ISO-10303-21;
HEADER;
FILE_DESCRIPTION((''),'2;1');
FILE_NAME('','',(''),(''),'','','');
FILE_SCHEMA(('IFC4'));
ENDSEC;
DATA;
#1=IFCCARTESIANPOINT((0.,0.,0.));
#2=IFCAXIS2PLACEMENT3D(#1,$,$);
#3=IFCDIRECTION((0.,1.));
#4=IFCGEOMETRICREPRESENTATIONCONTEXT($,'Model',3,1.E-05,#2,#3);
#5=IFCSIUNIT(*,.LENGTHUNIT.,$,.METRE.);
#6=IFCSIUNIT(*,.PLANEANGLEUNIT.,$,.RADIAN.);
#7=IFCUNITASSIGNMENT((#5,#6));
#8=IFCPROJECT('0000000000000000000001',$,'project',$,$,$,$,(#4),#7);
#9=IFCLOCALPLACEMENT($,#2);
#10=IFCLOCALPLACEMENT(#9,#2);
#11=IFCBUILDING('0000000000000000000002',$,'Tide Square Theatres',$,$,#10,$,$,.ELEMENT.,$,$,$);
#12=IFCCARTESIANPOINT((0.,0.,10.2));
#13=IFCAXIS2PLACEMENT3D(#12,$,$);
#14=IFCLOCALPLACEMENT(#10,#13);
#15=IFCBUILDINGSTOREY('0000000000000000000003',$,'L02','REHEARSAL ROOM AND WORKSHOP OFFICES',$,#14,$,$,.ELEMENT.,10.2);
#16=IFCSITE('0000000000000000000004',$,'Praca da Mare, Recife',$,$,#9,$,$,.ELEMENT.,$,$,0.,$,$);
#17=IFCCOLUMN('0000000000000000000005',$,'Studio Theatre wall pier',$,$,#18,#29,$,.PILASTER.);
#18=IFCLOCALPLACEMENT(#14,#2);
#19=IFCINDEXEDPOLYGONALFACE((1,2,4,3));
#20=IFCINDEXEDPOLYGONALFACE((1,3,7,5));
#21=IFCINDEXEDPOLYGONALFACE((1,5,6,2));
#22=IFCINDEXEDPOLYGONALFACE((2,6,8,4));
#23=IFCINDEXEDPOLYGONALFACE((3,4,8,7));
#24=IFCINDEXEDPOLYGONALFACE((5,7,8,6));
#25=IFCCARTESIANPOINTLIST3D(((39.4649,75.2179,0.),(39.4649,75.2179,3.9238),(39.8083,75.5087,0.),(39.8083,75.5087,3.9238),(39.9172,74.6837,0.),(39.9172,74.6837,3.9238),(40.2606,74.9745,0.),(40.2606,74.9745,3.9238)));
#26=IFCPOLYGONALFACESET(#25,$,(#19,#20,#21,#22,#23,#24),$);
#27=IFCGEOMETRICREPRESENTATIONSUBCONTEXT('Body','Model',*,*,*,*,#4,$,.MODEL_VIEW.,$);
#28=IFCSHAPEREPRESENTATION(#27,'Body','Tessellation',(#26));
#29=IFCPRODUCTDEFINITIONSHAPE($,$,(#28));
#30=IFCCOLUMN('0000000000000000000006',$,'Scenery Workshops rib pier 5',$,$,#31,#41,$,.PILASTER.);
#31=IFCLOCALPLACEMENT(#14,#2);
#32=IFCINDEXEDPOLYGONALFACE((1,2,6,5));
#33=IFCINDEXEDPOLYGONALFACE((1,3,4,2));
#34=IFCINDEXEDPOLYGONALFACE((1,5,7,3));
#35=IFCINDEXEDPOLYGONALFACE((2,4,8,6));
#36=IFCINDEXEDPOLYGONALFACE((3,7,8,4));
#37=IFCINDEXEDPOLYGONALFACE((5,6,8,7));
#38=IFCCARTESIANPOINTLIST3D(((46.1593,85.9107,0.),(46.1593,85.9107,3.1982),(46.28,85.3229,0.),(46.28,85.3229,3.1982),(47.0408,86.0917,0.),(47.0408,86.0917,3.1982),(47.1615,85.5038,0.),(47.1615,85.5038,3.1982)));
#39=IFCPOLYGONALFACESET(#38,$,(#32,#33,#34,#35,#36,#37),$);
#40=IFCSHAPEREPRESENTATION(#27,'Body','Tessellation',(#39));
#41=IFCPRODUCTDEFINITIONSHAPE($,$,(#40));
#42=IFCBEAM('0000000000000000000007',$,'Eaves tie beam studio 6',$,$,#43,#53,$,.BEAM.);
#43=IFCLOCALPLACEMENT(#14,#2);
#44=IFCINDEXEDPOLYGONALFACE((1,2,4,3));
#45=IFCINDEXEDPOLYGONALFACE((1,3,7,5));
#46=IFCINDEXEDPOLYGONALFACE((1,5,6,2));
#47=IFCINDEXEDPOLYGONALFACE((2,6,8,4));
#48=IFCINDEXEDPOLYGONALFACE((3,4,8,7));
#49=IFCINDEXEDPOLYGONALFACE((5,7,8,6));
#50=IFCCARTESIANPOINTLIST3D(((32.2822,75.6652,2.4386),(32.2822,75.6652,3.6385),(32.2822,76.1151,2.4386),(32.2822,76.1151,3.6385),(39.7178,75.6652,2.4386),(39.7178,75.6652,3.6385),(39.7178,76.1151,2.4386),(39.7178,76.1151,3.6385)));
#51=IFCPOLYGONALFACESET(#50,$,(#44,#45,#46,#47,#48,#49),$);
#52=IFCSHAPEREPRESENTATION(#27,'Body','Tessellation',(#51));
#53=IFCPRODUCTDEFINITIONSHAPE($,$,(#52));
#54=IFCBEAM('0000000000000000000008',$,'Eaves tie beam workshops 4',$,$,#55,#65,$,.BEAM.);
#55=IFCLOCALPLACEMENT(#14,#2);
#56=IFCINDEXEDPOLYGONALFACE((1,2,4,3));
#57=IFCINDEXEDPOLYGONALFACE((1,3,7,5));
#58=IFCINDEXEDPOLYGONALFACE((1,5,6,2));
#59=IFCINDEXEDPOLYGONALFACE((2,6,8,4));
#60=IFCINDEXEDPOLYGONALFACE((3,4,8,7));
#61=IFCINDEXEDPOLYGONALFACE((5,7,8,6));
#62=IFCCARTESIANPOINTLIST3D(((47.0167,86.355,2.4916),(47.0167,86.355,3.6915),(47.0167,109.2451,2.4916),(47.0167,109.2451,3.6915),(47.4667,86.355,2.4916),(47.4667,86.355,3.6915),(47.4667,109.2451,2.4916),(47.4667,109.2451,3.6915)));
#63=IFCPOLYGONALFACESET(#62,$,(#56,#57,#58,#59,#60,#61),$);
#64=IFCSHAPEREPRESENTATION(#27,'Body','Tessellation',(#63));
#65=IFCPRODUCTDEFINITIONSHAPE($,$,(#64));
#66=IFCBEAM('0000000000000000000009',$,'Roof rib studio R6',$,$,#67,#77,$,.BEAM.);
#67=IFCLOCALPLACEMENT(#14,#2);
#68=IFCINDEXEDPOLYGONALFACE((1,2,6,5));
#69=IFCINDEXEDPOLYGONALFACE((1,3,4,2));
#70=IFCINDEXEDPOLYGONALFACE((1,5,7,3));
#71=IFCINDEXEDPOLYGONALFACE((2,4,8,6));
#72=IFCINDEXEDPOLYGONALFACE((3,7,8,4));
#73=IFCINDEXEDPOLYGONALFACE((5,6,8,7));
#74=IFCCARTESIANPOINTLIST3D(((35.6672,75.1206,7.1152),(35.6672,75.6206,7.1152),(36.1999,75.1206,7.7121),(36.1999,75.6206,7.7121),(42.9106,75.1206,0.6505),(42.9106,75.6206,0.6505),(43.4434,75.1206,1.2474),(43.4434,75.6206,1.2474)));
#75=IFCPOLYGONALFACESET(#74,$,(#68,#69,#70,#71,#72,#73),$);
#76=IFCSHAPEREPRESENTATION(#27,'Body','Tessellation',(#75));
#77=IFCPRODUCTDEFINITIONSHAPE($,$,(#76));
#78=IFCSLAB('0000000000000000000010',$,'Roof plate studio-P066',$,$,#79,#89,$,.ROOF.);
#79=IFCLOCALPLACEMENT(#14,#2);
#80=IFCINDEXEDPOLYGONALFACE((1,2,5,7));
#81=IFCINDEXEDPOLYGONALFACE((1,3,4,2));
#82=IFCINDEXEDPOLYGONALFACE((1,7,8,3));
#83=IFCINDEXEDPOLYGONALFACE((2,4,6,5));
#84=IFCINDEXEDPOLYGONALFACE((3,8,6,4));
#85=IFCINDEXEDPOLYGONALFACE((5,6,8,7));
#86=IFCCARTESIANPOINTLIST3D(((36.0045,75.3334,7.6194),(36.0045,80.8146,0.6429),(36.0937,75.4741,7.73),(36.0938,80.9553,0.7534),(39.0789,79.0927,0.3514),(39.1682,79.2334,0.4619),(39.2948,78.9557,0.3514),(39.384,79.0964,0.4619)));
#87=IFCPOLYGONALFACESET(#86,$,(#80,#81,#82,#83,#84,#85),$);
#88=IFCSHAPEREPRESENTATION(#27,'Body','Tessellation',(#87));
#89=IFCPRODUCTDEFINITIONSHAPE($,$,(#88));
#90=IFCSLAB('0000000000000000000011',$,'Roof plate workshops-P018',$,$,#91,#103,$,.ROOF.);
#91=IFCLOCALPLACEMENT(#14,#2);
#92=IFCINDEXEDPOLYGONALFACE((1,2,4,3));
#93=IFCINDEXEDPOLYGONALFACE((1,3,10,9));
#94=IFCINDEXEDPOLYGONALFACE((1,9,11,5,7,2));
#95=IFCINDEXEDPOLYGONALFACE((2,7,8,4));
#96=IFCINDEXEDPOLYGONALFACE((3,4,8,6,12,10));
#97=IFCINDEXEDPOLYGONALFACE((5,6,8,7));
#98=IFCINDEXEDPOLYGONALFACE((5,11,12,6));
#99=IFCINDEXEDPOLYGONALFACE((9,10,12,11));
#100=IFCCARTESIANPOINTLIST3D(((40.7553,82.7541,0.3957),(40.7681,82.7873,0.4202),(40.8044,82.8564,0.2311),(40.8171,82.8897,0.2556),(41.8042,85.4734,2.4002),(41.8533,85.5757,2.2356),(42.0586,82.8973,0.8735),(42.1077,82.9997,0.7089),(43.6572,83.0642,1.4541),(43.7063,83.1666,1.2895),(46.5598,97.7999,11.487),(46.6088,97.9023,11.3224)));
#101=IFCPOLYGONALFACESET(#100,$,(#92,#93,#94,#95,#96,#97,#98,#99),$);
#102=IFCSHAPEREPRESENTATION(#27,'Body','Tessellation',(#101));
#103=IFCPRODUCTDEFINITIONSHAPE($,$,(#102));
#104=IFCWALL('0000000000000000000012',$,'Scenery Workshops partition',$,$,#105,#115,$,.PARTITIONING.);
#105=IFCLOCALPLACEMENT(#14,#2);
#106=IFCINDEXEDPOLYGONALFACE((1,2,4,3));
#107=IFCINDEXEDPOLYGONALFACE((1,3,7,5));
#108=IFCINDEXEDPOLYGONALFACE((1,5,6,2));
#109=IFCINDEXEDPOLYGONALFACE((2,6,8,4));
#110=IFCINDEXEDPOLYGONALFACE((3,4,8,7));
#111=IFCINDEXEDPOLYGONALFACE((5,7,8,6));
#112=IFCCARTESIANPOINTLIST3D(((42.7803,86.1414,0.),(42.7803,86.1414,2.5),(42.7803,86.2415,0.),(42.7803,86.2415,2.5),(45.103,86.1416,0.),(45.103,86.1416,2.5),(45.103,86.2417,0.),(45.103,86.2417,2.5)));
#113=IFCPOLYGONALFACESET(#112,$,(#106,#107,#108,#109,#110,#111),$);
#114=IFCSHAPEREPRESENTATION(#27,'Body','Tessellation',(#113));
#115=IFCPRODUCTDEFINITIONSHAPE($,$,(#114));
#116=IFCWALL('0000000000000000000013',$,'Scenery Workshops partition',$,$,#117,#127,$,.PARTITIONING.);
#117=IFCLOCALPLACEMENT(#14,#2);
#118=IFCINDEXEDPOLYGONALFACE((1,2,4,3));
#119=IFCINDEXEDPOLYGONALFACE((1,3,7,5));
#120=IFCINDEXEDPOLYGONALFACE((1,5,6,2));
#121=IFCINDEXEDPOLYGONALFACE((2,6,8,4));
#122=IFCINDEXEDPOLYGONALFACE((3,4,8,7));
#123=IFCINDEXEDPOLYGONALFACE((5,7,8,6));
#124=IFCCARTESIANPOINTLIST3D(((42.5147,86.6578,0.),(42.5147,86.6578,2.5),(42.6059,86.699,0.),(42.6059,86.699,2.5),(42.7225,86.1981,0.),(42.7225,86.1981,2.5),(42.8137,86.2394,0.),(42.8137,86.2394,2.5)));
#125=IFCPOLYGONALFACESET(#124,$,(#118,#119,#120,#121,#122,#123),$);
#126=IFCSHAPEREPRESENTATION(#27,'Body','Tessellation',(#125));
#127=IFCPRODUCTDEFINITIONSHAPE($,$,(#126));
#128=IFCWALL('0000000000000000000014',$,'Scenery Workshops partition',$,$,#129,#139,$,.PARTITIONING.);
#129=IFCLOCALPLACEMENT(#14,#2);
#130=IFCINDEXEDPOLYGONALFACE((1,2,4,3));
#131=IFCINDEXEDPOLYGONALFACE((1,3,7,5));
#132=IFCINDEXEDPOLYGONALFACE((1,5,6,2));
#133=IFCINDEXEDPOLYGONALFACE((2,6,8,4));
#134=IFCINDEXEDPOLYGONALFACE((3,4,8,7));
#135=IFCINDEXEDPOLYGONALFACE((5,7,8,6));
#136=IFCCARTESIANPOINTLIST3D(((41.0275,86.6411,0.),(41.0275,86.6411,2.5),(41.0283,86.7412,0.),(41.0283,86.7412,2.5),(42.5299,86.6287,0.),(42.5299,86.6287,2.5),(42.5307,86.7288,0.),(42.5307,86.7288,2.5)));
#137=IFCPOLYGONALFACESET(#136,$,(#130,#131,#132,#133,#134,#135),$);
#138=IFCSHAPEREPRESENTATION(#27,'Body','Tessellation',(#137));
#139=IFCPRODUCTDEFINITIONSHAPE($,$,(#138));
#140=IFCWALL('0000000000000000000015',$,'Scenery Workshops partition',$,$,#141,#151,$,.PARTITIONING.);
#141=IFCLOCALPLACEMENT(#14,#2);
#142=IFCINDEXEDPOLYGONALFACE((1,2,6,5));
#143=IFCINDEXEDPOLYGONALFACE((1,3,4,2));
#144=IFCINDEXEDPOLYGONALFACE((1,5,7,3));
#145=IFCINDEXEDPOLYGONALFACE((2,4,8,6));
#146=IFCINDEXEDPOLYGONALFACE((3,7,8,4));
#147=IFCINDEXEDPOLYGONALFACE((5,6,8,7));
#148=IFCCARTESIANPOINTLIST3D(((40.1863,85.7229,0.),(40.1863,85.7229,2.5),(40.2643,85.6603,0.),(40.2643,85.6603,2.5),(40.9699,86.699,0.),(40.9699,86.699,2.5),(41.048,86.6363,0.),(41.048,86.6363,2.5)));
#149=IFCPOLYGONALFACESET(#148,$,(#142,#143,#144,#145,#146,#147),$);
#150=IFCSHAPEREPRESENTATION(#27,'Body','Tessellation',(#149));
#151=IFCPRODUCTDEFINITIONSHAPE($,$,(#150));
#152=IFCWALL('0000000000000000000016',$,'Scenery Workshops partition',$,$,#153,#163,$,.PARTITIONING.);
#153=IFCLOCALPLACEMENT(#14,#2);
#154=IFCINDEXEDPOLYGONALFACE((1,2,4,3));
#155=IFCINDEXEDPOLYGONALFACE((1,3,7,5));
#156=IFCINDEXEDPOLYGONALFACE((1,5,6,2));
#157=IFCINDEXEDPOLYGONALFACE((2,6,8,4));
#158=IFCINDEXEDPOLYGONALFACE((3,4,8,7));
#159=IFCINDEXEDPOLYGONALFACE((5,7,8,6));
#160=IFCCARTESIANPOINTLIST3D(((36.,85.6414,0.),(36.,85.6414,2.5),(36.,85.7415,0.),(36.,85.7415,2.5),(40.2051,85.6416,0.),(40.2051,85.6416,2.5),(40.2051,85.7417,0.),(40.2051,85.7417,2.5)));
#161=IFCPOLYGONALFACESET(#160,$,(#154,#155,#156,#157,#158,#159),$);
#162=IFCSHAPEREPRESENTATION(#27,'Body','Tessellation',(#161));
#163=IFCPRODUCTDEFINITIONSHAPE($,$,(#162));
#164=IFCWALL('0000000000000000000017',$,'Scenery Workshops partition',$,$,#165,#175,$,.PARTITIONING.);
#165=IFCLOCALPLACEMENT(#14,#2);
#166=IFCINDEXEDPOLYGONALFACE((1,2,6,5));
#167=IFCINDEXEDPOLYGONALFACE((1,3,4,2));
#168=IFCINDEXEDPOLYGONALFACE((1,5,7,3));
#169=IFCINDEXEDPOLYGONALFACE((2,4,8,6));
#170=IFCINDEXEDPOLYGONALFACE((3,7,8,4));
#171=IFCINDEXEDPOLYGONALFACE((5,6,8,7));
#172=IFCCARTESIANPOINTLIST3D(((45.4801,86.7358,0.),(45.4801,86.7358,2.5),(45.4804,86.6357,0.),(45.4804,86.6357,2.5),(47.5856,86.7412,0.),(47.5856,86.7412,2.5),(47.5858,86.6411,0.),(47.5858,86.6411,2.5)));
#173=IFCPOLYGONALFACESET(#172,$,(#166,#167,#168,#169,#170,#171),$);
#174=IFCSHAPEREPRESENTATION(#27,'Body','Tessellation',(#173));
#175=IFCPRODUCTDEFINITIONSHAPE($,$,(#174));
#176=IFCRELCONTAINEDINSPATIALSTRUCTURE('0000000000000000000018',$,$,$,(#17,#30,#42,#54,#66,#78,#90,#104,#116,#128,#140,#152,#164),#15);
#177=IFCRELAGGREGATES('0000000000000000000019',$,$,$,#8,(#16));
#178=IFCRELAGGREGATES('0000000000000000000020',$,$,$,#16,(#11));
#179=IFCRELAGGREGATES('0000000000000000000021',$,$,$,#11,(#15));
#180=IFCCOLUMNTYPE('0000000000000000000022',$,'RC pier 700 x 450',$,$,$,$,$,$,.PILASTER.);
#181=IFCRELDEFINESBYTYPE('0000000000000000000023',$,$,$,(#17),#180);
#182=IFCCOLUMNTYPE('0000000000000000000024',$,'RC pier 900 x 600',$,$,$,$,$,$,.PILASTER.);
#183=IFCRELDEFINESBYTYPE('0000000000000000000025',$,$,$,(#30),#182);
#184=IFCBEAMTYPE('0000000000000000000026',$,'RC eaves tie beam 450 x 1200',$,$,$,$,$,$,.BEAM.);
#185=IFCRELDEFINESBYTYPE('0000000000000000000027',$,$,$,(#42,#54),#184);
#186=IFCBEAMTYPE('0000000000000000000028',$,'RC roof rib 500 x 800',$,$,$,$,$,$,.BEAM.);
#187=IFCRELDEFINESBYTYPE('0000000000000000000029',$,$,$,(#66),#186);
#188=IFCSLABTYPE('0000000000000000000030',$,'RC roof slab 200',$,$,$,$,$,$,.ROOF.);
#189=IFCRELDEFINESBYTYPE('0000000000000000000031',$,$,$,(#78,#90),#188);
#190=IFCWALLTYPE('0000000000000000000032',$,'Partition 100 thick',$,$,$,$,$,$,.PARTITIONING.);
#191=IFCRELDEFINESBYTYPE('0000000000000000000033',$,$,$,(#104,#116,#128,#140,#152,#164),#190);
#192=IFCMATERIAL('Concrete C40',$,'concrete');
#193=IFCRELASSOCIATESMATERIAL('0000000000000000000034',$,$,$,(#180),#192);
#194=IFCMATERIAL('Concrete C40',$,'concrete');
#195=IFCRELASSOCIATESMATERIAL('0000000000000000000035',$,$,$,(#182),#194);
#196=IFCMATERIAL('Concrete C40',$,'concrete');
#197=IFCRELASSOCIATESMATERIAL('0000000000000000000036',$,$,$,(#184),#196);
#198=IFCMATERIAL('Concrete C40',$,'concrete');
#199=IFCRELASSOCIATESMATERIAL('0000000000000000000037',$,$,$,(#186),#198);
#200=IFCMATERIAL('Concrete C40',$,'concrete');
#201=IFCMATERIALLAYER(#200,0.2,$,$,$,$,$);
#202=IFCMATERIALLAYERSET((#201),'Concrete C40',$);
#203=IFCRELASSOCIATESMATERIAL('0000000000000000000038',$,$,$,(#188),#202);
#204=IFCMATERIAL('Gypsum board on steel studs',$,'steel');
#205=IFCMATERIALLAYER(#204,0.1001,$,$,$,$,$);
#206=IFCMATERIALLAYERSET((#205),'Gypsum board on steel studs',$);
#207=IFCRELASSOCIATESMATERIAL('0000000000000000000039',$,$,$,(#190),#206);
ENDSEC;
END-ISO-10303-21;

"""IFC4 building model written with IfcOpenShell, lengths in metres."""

from ifc_helpers import new_model, si_unit, direction, frame, frame_2d, origin, origin_2d, place, context, subcontext, project, spatial, polyline, rectangle, outline, extrude, material, layer, layer_set, material_profile, profile_set, type_object, element, save


model = new_model("IFC4")

# Units and contexts
model_context = context("Model", 3, precision=1e-05, world=origin(), true_north=direction((0.0, 1.0)))
body_context = subcontext(model_context, "Body", "Model", "MODEL_VIEW")
ifc_project = project(units=[si_unit("LENGTHUNIT", "METRE"), si_unit("PLANEANGLEUNIT", "RADIAN")], contexts=[model_context])

# Site, building, storey
site_placement = place(None, origin())
site = spatial("IfcSite", under=ifc_project, at=site_placement, Name="Praca da Mare, Recife", CompositionType="ELEMENT", RefElevation=0.0)
building_placement = place(site_placement, origin())
building = spatial("IfcBuilding", under=site, at=building_placement, Name="Tide Square Theatres", CompositionType="ELEMENT")
storey_placement = place(building_placement, frame((0.0, 0.0, 10.2)))
storey = spatial("IfcBuildingStorey", under=building, at=storey_placement, Name="L02", Description="REHEARSAL ROOM AND WORKSHOP OFFICES", CompositionType="ELEMENT", Elevation=10.2)

# Columns
ifc_material_1 = material(Name="Concrete C40", Category="concrete")
ifc_material_profile_1 = material_profile(ifc_material_1, rectangle(XDim=0.7, YDim=0.45, at=origin_2d()))
ifc_profile_set_1 = profile_set([ifc_material_profile_1], Name="Concrete C40")
column_type_1 = type_object("IfcColumnType", Name="RC pier 700 x 450", PredefinedType="PILASTER", material=ifc_profile_set_1)
column_1_placement = place(storey_placement, frame((39.8628, 75.0962, 0.0), z_axis=(0.0, 0.0, 1.0), x_axis=(-0.646184, 0.763182, 0.0)))
element("IfcColumn", 1, at=column_1_placement, inside=storey, type_object=column_type_1, Name="Studio Theatre wall pier", PredefinedType="PILASTER", context=body_context, shape_type="SweptSolid", body=[
    extrude(rectangle(XDim=0.7, YDim=0.45, at=origin_2d()), origin(), (0.0, 0.0, 1.0), 3.9238),
])
ifc_material_2 = material(Name="Concrete C40", Category="concrete")
ifc_material_profile_2 = material_profile(ifc_material_2, rectangle(XDim=0.8999, YDim=0.6001, at=origin_2d()))
ifc_profile_set_2 = profile_set([ifc_material_profile_2], Name="Concrete C40")
column_type_2 = type_object("IfcColumnType", Name="RC pier 900 x 600", PredefinedType="PILASTER", material=ifc_profile_set_2)
column_2_placement = place(storey_placement, frame((46.6604, 85.7073, 0.0), z_axis=(0.0, 0.0, 1.0), x_axis=(0.979575, 0.201079, 0.0)))
element("IfcColumn", 2, at=column_2_placement, inside=storey, type_object=column_type_2, Name="Scenery Workshops rib pier 5", PredefinedType="PILASTER", context=body_context, shape_type="SweptSolid", body=[
    extrude(rectangle(XDim=0.8999, YDim=0.6001, at=origin_2d()), origin(), (0.0, 0.0, 1.0), 3.1982),
])

# Beams
ifc_material_3 = material(Name="Concrete C40", Category="concrete")
ifc_material_profile_3 = material_profile(ifc_material_3, rectangle(XDim=0.45, YDim=1.2, at=origin_2d()))
ifc_profile_set_3 = profile_set([ifc_material_profile_3], Name="Concrete C40")
beam_type_1 = type_object("IfcBeamType", Name="RC eaves tie beam 450 x 1200", PredefinedType="BEAM", material=ifc_profile_set_3)
beam_1_placement = place(storey_placement, frame((39.7178, 75.8901, 3.0386), z_axis=(-1.0, 0.0, 0.0), x_axis=(0.0, -1.0, 0.0)))
element("IfcBeam", 3, at=beam_1_placement, inside=storey, type_object=beam_type_1, Name="Eaves tie beam studio 6", PredefinedType="BEAM", context=body_context, shape_type="SweptSolid", body=[
    extrude(rectangle(XDim=0.45, YDim=1.2, at=origin_2d()), origin(), (0.0, 0.0, 1.0), 7.4355),
])
beam_2_placement = place(storey_placement, frame((47.2417, 86.355, 3.0916), z_axis=(0.0, 1.0, 0.0), x_axis=(-1.0, 0.0, 0.0)))
element("IfcBeam", 4, at=beam_2_placement, inside=storey, type_object=beam_type_1, Name="Eaves tie beam workshops 4", PredefinedType="BEAM", context=body_context, shape_type="SweptSolid", body=[
    extrude(rectangle(XDim=0.45, YDim=1.2, at=origin_2d()), origin(), (0.0, 0.0, 1.0), 22.8901),
])
ifc_material_4 = material(Name="Concrete C40", Category="concrete")
ifc_material_profile_4 = material_profile(ifc_material_4, rectangle(XDim=0.5, YDim=0.8, at=origin_2d()))
ifc_profile_set_4 = profile_set([ifc_material_profile_4], Name="Concrete C40")
beam_type_2 = type_object("IfcBeamType", Name="RC roof rib 500 x 800", PredefinedType="BEAM", material=ifc_profile_set_4)
beam_3_placement = place(storey_placement, frame((43.177, 75.3706, 0.949), z_axis=(-0.746077, 0.0, 0.665859), x_axis=(0.0, -1.0, 0.0)))
element("IfcBeam", 5, at=beam_3_placement, inside=storey, type_object=beam_type_2, Name="Roof rib studio R6", PredefinedType="BEAM", context=body_context, shape_type="SweptSolid", body=[
    extrude(rectangle(XDim=0.5, YDim=0.8, at=origin_2d()), origin(), (0.0, 0.0, 1.0), 9.7087),
])

# Slabs
ifc_material_5 = material(Name="Concrete C40", Category="concrete")
ifc_layer_1 = layer(ifc_material_5, 0.2)
ifc_layer_set_1 = layer_set([ifc_layer_1], Name="Concrete C40")
slab_type = type_object("IfcSlabType", Name="RC roof slab 200", PredefinedType="ROOF", material=ifc_layer_set_1)
slab_1_placement = place(storey_placement, frame((39.384, 79.0964, 0.4619), z_axis=(0.446487, 0.703608, 0.552797), x_axis=(-0.844342, 0.535805, -0.000015)))
element("IfcSlab", 6, at=slab_1_placement, inside=storey, type_object=slab_type, Name="Roof plate studio-P066", PredefinedType="ROOF", context=body_context, shape_type="SweptSolid", body=[
    extrude(outline(polyline([(0.0, 0.0), (0.2556, 0.0), (3.7741, 0.3499), (0.8372, 8.7219), (0.0, 0.0)])), origin(), (0.0, 0.0, -1.0), 0.2),
])
slab_2_placement = place(storey_placement, frame((43.6572, 83.0642, 1.4541), z_axis=(-0.245492, -0.512067, 0.823117), x_axis=(0.160701, 0.815855, 0.555478)))
element("IfcSlab", 7, at=slab_2_placement, inside=storey, type_object=slab_type, Name="Roof plate workshops-P018", PredefinedType="ROOF", context=body_context, shape_type="SweptSolid", body=[
    extrude(outline(polyline([(0.0, 0.0), (18.0617, 0.0), (2.1933, 2.307), (-0.7156, 1.5519), (-1.2645, 2.8096), (-1.3073, 2.8157), (0.0, 0.0)])), origin(), (0.0, 0.0, -1.0), 0.2),
])

# Walls
ifc_material_6 = material(Name="Gypsum board on steel studs", Category="steel")
ifc_layer_2 = layer(ifc_material_6, 0.1001)
ifc_layer_set_2 = layer_set([ifc_layer_2], Name="Gypsum board on steel studs")
wall_type_1 = type_object("IfcWallType", Name="Partition 100 thick", PredefinedType="PARTITIONING", material=ifc_layer_set_2)
wall_1_placement = place(storey_placement, frame((45.103, 86.1917, 0.0), z_axis=(0.0, 0.0, 1.0), x_axis=(-1.0, -0.000105, 0.0)))
element("IfcWall", 8, at=wall_1_placement, inside=storey, type_object=wall_type_1, Name="Scenery Workshops partition", PredefinedType="PARTITIONING", context=body_context, shape_type="SweptSolid", body=[
    extrude(rectangle(XDim=2.3228, YDim=0.1001, at=frame_2d((1.1614, 0.0))), origin(), (0.0, 0.0, 1.0), 2.5),
])
wall_2_placement = place(storey_placement, frame((42.7681, 86.2188, 0.0), z_axis=(0.0, 0.0, 1.0), x_axis=(-0.411833, 0.911259, 0.0)))
element("IfcWall", 9, at=wall_2_placement, inside=storey, type_object=wall_type_1, Name="Scenery Workshops partition", PredefinedType="PARTITIONING", context=body_context, shape_type="SweptSolid", body=[
    extrude(rectangle(XDim=0.5044, YDim=0.1001, at=frame_2d((0.2522, 0.0))), origin(), (0.0, 0.0, 1.0), 2.5),
])
wall_3_placement = place(storey_placement, frame((42.5303, 86.6787, 0.0), z_axis=(0.0, 0.0, 1.0), x_axis=(-0.999966, 0.008287, 0.0)))
element("IfcWall", 10, at=wall_3_placement, inside=storey, type_object=wall_type_1, Name="Scenery Workshops partition", PredefinedType="PARTITIONING", context=body_context, shape_type="SweptSolid", body=[
    extrude(rectangle(XDim=1.5024, YDim=0.1001, at=frame_2d((0.7512, 0.0))), origin(), (0.0, 0.0, 1.0), 2.5),
])
wall_4_placement = place(storey_placement, frame((41.009, 86.6677, 0.0), z_axis=(0.0, 0.0, 1.0), x_axis=(-0.626074, -0.779764, 0.0)))
element("IfcWall", 11, at=wall_4_placement, inside=storey, type_object=wall_type_1, Name="Scenery Workshops partition", PredefinedType="PARTITIONING", context=body_context, shape_type="SweptSolid", body=[
    extrude(rectangle(XDim=1.2517, YDim=0.1001, at=frame_2d((0.626, 0.0))), origin(), (0.0, 0.0, 1.0), 2.5),
])
wall_5_placement = place(storey_placement, frame((40.2051, 85.6917, 0.0), z_axis=(0.0, 0.0, 1.0), x_axis=(-1.0, -0.000058, 0.0)))
element("IfcWall", 12, at=wall_5_placement, inside=storey, type_object=wall_type_1, Name="Scenery Workshops partition", PredefinedType="PARTITIONING", context=body_context, shape_type="SweptSolid", body=[
    extrude(rectangle(XDim=4.2051, YDim=0.1001, at=frame_2d((2.1025, 0.0))), origin(), (0.0, 0.0, 1.0), 2.5),
])
wall_6_placement = place(storey_placement, frame((47.5857, 86.6912, 0.0), z_axis=(0.0, 0.0, 1.0), x_axis=(-0.999997, -0.002551, 0.0)))
element("IfcWall", 13, at=wall_6_placement, inside=storey, type_object=wall_type_1, Name="Scenery Workshops partition", PredefinedType="PARTITIONING", context=body_context, shape_type="SweptSolid", body=[
    extrude(rectangle(XDim=2.1055, YDim=0.1001, at=frame_2d((1.0527, 0.0))), origin(), (0.0, 0.0, 1.0), 2.5),
])

save(model, "model.ifc")
